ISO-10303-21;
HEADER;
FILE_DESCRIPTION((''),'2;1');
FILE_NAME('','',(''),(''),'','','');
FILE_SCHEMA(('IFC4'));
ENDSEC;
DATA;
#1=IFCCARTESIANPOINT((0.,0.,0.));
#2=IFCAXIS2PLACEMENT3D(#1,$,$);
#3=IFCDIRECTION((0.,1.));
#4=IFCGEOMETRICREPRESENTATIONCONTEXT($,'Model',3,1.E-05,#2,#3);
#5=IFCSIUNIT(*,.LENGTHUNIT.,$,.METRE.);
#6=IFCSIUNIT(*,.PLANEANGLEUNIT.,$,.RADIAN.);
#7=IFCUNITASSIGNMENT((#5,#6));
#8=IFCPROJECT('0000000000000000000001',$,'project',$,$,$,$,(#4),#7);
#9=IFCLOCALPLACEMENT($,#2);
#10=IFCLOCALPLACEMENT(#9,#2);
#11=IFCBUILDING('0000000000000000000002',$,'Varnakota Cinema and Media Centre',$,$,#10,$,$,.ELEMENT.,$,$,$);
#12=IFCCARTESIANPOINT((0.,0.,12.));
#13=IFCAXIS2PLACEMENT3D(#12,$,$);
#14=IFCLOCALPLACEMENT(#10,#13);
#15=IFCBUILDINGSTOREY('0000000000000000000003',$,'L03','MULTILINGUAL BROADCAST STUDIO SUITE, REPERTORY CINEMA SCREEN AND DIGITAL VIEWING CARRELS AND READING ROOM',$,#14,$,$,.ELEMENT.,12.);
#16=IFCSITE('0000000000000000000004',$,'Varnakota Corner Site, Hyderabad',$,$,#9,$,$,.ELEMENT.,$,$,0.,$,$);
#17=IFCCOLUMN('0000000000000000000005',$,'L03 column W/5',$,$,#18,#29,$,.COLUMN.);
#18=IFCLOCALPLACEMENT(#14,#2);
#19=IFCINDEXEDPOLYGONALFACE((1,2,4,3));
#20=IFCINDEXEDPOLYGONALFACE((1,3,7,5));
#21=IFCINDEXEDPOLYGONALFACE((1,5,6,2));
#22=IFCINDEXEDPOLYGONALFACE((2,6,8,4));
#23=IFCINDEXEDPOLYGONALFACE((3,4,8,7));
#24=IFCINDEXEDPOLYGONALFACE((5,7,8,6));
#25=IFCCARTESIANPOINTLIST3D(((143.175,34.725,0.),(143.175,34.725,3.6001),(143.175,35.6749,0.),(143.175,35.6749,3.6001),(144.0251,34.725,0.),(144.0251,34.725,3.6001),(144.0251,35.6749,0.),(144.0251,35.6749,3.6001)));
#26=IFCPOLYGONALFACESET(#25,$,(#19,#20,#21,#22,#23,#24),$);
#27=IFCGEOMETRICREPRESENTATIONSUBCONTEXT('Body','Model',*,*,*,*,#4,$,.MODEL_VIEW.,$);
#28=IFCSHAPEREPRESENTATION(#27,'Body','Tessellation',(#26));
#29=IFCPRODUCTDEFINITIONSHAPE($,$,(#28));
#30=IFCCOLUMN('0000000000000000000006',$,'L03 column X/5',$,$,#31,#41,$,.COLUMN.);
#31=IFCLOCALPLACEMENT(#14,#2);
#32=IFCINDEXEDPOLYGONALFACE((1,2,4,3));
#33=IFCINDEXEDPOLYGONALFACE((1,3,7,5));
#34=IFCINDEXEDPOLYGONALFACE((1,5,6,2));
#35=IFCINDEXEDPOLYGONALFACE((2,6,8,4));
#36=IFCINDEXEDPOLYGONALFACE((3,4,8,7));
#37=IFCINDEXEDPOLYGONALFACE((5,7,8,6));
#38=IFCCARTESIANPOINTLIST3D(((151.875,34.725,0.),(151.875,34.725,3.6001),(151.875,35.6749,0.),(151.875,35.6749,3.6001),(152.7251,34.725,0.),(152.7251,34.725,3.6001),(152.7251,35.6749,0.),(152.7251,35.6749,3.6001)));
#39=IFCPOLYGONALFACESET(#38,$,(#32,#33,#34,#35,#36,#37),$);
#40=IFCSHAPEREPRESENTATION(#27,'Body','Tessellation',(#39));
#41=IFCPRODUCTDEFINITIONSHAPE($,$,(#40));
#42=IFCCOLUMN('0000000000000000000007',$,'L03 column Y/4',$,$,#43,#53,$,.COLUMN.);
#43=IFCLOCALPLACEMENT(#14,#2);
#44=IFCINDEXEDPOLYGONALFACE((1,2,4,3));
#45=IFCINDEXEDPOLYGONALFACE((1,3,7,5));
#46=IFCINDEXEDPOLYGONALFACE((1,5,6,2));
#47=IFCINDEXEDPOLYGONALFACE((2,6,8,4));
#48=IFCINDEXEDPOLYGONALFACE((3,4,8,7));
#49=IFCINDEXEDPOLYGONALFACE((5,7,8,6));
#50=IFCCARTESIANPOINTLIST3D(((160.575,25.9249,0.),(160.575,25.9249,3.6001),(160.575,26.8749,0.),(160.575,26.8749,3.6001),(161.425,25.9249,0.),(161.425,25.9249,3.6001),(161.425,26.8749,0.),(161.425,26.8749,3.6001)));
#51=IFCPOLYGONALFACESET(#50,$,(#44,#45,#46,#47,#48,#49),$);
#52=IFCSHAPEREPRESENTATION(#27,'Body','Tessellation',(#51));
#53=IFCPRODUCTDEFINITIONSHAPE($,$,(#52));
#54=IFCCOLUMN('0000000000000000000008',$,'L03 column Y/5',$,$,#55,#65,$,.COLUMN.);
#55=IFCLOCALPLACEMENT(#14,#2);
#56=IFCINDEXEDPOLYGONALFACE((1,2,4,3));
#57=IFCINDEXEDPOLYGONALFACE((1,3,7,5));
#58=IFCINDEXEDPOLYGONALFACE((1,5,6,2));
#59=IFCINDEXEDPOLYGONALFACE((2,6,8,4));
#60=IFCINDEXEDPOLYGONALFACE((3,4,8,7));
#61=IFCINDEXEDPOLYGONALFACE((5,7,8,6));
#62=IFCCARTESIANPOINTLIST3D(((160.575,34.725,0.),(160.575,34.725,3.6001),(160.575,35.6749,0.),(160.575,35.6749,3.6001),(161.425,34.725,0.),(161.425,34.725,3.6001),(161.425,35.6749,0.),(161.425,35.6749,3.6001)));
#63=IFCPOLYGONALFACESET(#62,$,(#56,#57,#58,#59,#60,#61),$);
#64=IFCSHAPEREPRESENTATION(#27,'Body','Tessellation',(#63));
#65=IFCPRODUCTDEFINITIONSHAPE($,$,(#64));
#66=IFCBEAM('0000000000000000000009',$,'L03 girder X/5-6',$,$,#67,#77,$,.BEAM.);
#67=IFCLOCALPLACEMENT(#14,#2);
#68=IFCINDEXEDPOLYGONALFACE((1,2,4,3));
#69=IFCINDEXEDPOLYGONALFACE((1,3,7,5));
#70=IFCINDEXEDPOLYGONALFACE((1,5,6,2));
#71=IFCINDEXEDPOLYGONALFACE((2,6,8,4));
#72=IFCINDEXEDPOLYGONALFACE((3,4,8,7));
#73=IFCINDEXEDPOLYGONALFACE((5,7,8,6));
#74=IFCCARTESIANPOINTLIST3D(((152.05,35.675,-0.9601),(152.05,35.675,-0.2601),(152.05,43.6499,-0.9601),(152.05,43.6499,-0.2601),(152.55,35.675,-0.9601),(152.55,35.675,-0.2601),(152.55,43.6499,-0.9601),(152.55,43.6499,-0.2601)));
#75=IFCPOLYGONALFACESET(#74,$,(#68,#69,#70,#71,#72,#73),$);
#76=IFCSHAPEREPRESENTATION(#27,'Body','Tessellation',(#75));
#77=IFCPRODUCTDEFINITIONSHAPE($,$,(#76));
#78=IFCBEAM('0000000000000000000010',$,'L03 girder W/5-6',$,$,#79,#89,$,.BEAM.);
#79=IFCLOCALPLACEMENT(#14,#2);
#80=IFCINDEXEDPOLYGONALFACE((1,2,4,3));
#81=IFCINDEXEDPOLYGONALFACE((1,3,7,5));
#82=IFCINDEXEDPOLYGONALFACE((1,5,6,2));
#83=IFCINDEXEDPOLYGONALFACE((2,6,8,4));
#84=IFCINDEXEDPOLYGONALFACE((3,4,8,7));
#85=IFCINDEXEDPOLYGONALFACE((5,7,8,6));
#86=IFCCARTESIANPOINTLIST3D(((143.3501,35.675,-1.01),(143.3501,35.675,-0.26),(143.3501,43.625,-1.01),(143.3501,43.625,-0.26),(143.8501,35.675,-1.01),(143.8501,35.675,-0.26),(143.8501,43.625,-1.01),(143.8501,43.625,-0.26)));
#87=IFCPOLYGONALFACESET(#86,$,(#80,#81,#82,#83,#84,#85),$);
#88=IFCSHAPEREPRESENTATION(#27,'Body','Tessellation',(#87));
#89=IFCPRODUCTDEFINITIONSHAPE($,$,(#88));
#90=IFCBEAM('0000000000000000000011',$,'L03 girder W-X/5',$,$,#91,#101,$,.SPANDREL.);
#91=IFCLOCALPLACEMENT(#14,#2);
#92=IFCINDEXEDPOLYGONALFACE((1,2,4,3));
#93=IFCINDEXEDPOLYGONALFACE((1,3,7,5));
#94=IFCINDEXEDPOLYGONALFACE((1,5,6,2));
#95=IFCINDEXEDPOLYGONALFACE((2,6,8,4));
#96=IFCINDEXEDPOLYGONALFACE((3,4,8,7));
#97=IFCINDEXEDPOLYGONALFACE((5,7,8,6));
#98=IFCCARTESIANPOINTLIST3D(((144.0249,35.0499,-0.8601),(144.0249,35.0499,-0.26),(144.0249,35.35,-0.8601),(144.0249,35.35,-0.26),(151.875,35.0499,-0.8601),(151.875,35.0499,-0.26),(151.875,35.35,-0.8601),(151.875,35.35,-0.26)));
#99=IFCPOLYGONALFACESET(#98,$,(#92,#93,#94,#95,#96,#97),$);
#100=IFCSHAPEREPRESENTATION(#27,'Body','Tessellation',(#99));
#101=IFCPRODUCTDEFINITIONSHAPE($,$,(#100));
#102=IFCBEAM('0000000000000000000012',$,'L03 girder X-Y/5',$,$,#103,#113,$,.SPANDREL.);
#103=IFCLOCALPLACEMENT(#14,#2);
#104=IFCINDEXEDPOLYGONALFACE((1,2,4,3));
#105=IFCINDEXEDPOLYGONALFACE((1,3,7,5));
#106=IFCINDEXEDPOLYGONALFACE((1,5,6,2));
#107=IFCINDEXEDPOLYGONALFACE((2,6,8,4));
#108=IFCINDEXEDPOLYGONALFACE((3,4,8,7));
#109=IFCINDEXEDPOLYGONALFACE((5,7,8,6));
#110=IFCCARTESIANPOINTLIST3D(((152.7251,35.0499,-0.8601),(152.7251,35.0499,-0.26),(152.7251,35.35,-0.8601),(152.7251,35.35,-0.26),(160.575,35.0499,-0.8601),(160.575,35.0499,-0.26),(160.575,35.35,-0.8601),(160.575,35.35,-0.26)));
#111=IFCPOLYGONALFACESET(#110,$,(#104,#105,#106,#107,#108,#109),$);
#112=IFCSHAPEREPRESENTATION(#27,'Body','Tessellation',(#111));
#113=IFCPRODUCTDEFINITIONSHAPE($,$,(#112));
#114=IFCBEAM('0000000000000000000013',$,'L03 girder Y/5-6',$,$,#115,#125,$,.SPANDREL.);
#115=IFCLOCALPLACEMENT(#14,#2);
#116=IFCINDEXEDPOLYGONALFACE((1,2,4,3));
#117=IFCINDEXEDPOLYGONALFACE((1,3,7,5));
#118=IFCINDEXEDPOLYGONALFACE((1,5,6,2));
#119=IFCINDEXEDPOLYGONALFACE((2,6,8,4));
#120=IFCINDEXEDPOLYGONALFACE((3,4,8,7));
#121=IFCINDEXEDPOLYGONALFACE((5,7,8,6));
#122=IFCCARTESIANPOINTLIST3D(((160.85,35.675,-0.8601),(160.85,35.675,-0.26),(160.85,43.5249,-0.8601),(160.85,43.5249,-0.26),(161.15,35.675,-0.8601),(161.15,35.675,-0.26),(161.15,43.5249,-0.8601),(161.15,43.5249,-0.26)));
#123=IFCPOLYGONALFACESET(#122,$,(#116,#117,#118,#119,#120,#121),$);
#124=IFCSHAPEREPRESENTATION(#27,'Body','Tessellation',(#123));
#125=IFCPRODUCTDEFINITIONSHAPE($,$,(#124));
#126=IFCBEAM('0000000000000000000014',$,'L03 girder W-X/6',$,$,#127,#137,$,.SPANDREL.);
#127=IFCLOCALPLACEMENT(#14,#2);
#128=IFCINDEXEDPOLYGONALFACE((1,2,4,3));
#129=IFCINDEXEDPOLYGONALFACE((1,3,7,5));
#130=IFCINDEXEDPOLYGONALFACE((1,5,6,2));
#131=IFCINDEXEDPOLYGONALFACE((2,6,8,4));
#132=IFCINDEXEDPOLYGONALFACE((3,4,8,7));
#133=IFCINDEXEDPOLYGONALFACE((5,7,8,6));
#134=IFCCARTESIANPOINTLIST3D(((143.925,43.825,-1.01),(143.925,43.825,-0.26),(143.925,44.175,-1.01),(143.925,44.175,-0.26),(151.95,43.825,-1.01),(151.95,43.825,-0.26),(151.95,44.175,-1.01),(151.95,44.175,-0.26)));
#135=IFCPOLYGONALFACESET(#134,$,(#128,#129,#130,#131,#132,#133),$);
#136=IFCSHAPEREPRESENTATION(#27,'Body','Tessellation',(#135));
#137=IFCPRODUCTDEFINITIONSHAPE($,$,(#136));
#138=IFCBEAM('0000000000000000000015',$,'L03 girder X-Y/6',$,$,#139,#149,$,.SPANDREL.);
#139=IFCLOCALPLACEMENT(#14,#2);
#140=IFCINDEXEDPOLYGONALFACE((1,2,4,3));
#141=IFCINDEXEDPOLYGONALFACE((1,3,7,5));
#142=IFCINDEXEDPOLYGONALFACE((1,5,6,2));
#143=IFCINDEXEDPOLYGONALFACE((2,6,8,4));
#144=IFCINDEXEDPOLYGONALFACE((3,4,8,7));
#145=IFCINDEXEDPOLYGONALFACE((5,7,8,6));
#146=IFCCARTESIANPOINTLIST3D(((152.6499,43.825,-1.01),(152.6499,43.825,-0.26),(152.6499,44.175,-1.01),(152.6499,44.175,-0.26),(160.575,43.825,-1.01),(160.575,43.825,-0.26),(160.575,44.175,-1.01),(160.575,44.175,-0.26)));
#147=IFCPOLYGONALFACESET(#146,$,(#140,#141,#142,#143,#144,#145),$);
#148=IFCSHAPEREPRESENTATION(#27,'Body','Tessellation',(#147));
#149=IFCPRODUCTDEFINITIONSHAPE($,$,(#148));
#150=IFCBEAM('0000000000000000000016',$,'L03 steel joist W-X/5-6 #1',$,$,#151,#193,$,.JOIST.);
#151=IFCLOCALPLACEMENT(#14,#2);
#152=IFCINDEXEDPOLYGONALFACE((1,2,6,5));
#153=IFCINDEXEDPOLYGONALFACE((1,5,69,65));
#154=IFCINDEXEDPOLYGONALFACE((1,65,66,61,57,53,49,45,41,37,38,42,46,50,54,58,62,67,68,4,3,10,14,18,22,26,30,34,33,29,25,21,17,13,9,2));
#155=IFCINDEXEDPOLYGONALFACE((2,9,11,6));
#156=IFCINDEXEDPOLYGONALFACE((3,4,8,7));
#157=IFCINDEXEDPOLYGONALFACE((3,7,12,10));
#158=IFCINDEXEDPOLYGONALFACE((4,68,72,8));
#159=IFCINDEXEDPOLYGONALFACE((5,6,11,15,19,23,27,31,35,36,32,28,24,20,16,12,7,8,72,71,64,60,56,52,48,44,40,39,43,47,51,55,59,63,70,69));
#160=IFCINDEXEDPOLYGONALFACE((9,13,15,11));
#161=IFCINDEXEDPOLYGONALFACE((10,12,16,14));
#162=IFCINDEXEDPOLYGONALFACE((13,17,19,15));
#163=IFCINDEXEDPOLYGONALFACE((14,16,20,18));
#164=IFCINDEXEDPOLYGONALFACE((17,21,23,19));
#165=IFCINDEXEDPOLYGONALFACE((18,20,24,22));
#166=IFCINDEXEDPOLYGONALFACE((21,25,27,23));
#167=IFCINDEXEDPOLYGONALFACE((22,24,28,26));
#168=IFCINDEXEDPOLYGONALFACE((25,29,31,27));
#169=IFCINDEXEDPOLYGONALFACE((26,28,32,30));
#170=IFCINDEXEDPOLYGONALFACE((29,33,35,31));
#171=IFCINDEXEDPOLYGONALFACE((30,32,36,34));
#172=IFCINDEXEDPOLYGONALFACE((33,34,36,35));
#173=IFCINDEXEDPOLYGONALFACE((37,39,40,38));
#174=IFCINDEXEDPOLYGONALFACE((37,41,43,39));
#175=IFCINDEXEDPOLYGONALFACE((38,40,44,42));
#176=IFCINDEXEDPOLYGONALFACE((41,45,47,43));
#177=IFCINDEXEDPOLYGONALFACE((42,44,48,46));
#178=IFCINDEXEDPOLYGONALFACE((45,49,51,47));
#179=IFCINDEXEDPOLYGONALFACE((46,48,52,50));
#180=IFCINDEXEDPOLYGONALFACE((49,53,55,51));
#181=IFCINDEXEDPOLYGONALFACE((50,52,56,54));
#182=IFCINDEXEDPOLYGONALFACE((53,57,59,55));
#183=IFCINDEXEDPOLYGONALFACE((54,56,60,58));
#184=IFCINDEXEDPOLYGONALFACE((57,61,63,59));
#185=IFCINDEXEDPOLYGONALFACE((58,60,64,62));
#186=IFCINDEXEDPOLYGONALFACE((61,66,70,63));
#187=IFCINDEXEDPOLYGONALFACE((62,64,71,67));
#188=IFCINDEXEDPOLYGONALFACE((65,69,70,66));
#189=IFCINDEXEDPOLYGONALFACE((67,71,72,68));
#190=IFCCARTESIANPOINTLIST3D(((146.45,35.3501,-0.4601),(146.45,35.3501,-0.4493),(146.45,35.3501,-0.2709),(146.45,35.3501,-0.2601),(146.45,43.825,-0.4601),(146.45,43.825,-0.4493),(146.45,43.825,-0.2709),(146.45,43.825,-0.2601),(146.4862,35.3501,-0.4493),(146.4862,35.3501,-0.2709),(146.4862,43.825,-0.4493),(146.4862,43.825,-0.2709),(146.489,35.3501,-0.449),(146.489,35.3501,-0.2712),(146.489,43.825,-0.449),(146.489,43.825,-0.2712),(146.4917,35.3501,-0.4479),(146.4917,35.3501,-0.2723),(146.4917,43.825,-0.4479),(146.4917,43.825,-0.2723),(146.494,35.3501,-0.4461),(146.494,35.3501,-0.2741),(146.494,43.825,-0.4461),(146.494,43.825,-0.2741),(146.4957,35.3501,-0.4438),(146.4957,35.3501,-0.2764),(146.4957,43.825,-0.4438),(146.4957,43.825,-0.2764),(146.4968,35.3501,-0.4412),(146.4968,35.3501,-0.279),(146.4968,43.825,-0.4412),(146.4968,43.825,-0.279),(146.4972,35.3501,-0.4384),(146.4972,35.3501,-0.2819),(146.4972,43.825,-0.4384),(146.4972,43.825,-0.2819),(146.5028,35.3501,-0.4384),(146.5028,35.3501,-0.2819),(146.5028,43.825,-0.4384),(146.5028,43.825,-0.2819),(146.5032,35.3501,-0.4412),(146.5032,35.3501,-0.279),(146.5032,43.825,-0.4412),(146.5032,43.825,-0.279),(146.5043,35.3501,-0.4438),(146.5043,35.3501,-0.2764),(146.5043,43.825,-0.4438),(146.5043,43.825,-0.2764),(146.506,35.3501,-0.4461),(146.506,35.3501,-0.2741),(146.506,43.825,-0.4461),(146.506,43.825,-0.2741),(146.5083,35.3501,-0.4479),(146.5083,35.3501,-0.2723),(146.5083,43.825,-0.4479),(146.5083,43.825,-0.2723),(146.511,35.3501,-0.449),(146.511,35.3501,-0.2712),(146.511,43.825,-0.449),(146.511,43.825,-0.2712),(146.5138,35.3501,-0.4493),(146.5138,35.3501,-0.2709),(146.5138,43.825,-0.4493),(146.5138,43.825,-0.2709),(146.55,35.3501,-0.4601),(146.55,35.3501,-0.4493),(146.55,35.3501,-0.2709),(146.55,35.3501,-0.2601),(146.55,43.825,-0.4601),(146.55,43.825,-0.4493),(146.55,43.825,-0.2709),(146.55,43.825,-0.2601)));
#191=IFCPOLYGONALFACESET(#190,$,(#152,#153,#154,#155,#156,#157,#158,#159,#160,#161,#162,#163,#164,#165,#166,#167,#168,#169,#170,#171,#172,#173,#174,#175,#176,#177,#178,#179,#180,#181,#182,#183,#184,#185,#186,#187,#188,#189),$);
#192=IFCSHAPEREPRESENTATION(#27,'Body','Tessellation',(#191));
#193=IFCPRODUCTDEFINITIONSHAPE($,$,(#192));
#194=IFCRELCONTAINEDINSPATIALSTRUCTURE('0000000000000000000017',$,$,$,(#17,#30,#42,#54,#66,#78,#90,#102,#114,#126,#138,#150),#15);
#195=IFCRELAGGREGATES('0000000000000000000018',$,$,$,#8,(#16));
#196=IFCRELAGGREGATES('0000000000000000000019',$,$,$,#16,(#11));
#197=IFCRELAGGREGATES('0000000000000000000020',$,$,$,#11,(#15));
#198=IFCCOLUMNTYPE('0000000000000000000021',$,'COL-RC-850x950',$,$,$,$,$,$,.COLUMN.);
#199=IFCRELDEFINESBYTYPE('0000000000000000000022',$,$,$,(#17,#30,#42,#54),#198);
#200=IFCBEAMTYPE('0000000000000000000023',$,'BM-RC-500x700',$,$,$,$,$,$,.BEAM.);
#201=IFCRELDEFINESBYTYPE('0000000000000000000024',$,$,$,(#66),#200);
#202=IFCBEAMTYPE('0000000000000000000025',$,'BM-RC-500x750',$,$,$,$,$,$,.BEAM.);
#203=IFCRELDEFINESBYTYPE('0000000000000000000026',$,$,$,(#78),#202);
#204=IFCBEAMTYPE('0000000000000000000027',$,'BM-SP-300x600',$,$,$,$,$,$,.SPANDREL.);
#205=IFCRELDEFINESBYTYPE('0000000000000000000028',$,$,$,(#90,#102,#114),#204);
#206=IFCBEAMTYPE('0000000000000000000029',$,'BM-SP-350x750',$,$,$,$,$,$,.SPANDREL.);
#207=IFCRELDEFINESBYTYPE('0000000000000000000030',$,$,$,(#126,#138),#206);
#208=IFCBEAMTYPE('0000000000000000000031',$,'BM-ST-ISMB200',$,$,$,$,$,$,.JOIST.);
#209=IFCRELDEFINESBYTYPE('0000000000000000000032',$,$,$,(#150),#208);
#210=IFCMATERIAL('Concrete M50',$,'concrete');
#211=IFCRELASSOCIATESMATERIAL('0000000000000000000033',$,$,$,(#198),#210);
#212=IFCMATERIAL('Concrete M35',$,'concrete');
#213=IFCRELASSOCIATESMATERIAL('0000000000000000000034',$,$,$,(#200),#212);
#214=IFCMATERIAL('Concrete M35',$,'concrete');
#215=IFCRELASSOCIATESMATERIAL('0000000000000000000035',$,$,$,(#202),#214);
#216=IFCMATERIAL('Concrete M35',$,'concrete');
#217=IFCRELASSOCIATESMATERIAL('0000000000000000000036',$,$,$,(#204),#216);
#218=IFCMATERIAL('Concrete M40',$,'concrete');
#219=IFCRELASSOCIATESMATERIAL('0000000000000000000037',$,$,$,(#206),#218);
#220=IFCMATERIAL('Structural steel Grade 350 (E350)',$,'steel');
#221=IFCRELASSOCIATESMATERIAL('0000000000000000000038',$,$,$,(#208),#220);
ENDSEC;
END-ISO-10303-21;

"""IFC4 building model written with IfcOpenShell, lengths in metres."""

from ifc_helpers import new_model, si_unit, direction, frame, origin, origin_2d, place, context, subcontext, project, spatial, rectangle, i_section, extrude, material, material_profile, profile_set, type_object, element, save


model = new_model("IFC4")

# Units and contexts
model_context = context("Model", 3, precision=1e-05, world=origin(), true_north=direction((0.0, 1.0)))
body_context = subcontext(model_context, "Body", "Model", "MODEL_VIEW")
ifc_project = project(units=[si_unit("LENGTHUNIT", "METRE"), si_unit("PLANEANGLEUNIT", "RADIAN")], contexts=[model_context])

# Site, building, storey
site_placement = place(None, origin())
site = spatial("IfcSite", under=ifc_project, at=site_placement, Name="Varnakota Corner Site, Hyderabad", CompositionType="ELEMENT", RefElevation=0.0)
building_placement = place(site_placement, origin())
building = spatial("IfcBuilding", under=site, at=building_placement, Name="Varnakota Cinema and Media Centre", CompositionType="ELEMENT")
storey_placement = place(building_placement, frame((0.0, 0.0, 12.0)))
storey = spatial("IfcBuildingStorey", under=building, at=storey_placement, Name="L03", Description="MULTILINGUAL BROADCAST STUDIO SUITE, REPERTORY CINEMA SCREEN AND DIGITAL VIEWING CARRELS AND READING ROOM", CompositionType="ELEMENT", Elevation=12.0)

# Columns
ifc_material_1 = material(Name="Concrete M50", Category="concrete")
ifc_material_profile_1 = material_profile(ifc_material_1, rectangle(XDim=0.8501, YDim=0.95, at=origin_2d()), Name="RC 850x950")
ifc_profile_set_1 = profile_set([ifc_material_profile_1], Name="Concrete M50")
column_type = type_object("IfcColumnType", Name="COL-RC-850x950", PredefinedType="COLUMN", material=ifc_profile_set_1)
for number, where, z_axis, x_axis, name in (
    (1, (143.6001, 35.2, 0.0), (0.0, 0.0, 1.0), (1.0, 0.0, 0.0), "L03 column W/5"),
    (2, (152.3, 35.2, 0.0), (0.0, 0.0, 1.0), (1.0, 0.0, 0.0), "L03 column X/5"),
    (3, (161.0, 26.3999, 0.0), (0.0, 0.0, 1.0), (1.0, 0.0, 0.0), "L03 column Y/4"),
    (4, (161.0, 35.2, 0.0), (0.0, 0.0, 1.0), (1.0, 0.0, 0.0), "L03 column Y/5"),
):
    element("IfcColumn", number, at=place(storey_placement, frame(where, z_axis=z_axis, x_axis=x_axis)), inside=storey, type_object=column_type, Name=name, PredefinedType="COLUMN", context=body_context, shape_type="SweptSolid", body=[
        extrude(rectangle(XDim=0.8501, YDim=0.95, at=origin_2d()), origin(), (0.0, 0.0, 1.0), 3.6001),
    ])

# Beams
ifc_material_2 = material(Name="Concrete M35", Category="concrete")
ifc_material_profile_2 = material_profile(ifc_material_2, rectangle(XDim=0.5, YDim=0.7, at=origin_2d()), Name="RCB 500x700")
ifc_profile_set_2 = profile_set([ifc_material_profile_2], Name="Concrete M35")
beam_type_1 = type_object("IfcBeamType", Name="BM-RC-500x700", PredefinedType="BEAM", material=ifc_profile_set_2)
beam_1_placement = place(storey_placement, frame((152.3, 35.675, -0.6101), z_axis=(0.0, 1.0, 0.0), x_axis=(-1.0, 0.0, 0.0)))
element("IfcBeam", 5, at=beam_1_placement, inside=storey, type_object=beam_type_1, Name="L03 girder X/5-6", PredefinedType="BEAM", context=body_context, shape_type="SweptSolid", body=[
    extrude(rectangle(XDim=0.5, YDim=0.7, at=origin_2d()), origin(), (0.0, 0.0, 1.0), 7.9749),
])
ifc_material_3 = material(Name="Concrete M35", Category="concrete")
ifc_material_profile_3 = material_profile(ifc_material_3, rectangle(XDim=0.5, YDim=0.75, at=origin_2d()), Name="RCB 500x750")
ifc_profile_set_3 = profile_set([ifc_material_profile_3], Name="Concrete M35")
beam_type_2 = type_object("IfcBeamType", Name="BM-RC-500x750", PredefinedType="BEAM", material=ifc_profile_set_3)
beam_2_placement = place(storey_placement, frame((143.6001, 35.675, -0.635), z_axis=(0.0, 1.0, 0.0), x_axis=(-1.0, 0.0, 0.0)))
element("IfcBeam", 6, at=beam_2_placement, inside=storey, type_object=beam_type_2, Name="L03 girder W/5-6", PredefinedType="BEAM", context=body_context, shape_type="SweptSolid", body=[
    extrude(rectangle(XDim=0.5, YDim=0.75, at=origin_2d()), origin(), (0.0, 0.0, 1.0), 7.95),
])
ifc_material_4 = material(Name="Concrete M35", Category="concrete")
ifc_material_profile_4 = material_profile(ifc_material_4, rectangle(XDim=0.3, YDim=0.6001, at=origin_2d()), Name="RCB 300x600")
ifc_profile_set_4 = profile_set([ifc_material_profile_4], Name="Concrete M35")
beam_type_3 = type_object("IfcBeamType", Name="BM-SP-300x600", PredefinedType="SPANDREL", material=ifc_profile_set_4)
beam_3_placement = place(storey_placement, frame((144.0249, 35.2, -0.5601), z_axis=(1.0, 0.0, 0.0), x_axis=(0.0, 1.0, 0.0)))
element("IfcBeam", 7, at=beam_3_placement, inside=storey, type_object=beam_type_3, Name="L03 girder W-X/5", PredefinedType="SPANDREL", context=body_context, shape_type="SweptSolid", body=[
    extrude(rectangle(XDim=0.3, YDim=0.6001, at=origin_2d()), origin(), (0.0, 0.0, 1.0), 7.8501),
])
for number, where, z_axis, x_axis, name in (
    (8, (152.7251, 35.2, -0.5601), (1.0, 0.0, 0.0), (0.0, 1.0, 0.0), "L03 girder X-Y/5"),
    (9, (161.0, 35.675, -0.5601), (0.0, 1.0, 0.0), (-1.0, 0.0, 0.0), "L03 girder Y/5-6"),
):
    element("IfcBeam", number, at=place(storey_placement, frame(where, z_axis=z_axis, x_axis=x_axis)), inside=storey, type_object=beam_type_3, Name=name, PredefinedType="SPANDREL", context=body_context, shape_type="SweptSolid", body=[
        extrude(rectangle(XDim=0.3, YDim=0.6001, at=origin_2d()), origin(), (0.0, 0.0, 1.0), 7.8499),
    ])
ifc_material_5 = material(Name="Concrete M40", Category="concrete")
ifc_material_profile_5 = material_profile(ifc_material_5, rectangle(XDim=0.3501, YDim=0.75, at=origin_2d()), Name="RCB 350x750")
ifc_profile_set_5 = profile_set([ifc_material_profile_5], Name="Concrete M40")
beam_type_4 = type_object("IfcBeamType", Name="BM-SP-350x750", PredefinedType="SPANDREL", material=ifc_profile_set_5)
beam_4_placement = place(storey_placement, frame((143.925, 44.0, -0.635), z_axis=(1.0, 0.0, 0.0), x_axis=(0.0, 1.0, 0.0)))
element("IfcBeam", 10, at=beam_4_placement, inside=storey, type_object=beam_type_4, Name="L03 girder W-X/6", PredefinedType="SPANDREL", context=body_context, shape_type="SweptSolid", body=[
    extrude(rectangle(XDim=0.3501, YDim=0.75, at=origin_2d()), origin(), (0.0, 0.0, 1.0), 8.0249),
])
beam_5_placement = place(storey_placement, frame((152.6499, 44.0, -0.635), z_axis=(1.0, 0.0, 0.0), x_axis=(0.0, 1.0, 0.0)))
element("IfcBeam", 11, at=beam_5_placement, inside=storey, type_object=beam_type_4, Name="L03 girder X-Y/6", PredefinedType="SPANDREL", context=body_context, shape_type="SweptSolid", body=[
    extrude(rectangle(XDim=0.3501, YDim=0.75, at=origin_2d()), origin(), (0.0, 0.0, 1.0), 7.925),
])
ifc_material_6 = material(Name="Structural steel Grade 350 (E350)", Category="steel")
ifc_material_profile_6 = material_profile(ifc_material_6, i_section(OverallWidth=0.1001, OverallDepth=0.2, WebThickness=0.0056, FlangeThickness=0.0107, FilletRadius=0.011, at=origin_2d()), Name="ISMB 200")
ifc_profile_set_6 = profile_set([ifc_material_profile_6], Name="Structural steel Grade 350 (E350)")
beam_type_5 = type_object("IfcBeamType", Name="BM-ST-ISMB200", PredefinedType="JOIST", material=ifc_profile_set_6)
for number, where, z_axis, x_axis, name in (
    (12, (146.5, 35.3501, -0.3601), (0.0, 1.0, 0.0), (-1.0, 0.0, 0.0), "L03 steel joist W-X/5-6 #1"),
):
    element("IfcBeam", number, at=place(storey_placement, frame(where, z_axis=z_axis, x_axis=x_axis)), inside=storey, type_object=beam_type_5, Name=name, PredefinedType="JOIST", context=body_context, shape_type="SweptSolid", body=[
        extrude(i_section(OverallWidth=0.1001, OverallDepth=0.2, WebThickness=0.0056, FlangeThickness=0.0107, FilletRadius=0.011, at=origin_2d()), origin(), (0.0, 0.0, 1.0), 8.4749),
    ])

save(model, "model.ifc")
